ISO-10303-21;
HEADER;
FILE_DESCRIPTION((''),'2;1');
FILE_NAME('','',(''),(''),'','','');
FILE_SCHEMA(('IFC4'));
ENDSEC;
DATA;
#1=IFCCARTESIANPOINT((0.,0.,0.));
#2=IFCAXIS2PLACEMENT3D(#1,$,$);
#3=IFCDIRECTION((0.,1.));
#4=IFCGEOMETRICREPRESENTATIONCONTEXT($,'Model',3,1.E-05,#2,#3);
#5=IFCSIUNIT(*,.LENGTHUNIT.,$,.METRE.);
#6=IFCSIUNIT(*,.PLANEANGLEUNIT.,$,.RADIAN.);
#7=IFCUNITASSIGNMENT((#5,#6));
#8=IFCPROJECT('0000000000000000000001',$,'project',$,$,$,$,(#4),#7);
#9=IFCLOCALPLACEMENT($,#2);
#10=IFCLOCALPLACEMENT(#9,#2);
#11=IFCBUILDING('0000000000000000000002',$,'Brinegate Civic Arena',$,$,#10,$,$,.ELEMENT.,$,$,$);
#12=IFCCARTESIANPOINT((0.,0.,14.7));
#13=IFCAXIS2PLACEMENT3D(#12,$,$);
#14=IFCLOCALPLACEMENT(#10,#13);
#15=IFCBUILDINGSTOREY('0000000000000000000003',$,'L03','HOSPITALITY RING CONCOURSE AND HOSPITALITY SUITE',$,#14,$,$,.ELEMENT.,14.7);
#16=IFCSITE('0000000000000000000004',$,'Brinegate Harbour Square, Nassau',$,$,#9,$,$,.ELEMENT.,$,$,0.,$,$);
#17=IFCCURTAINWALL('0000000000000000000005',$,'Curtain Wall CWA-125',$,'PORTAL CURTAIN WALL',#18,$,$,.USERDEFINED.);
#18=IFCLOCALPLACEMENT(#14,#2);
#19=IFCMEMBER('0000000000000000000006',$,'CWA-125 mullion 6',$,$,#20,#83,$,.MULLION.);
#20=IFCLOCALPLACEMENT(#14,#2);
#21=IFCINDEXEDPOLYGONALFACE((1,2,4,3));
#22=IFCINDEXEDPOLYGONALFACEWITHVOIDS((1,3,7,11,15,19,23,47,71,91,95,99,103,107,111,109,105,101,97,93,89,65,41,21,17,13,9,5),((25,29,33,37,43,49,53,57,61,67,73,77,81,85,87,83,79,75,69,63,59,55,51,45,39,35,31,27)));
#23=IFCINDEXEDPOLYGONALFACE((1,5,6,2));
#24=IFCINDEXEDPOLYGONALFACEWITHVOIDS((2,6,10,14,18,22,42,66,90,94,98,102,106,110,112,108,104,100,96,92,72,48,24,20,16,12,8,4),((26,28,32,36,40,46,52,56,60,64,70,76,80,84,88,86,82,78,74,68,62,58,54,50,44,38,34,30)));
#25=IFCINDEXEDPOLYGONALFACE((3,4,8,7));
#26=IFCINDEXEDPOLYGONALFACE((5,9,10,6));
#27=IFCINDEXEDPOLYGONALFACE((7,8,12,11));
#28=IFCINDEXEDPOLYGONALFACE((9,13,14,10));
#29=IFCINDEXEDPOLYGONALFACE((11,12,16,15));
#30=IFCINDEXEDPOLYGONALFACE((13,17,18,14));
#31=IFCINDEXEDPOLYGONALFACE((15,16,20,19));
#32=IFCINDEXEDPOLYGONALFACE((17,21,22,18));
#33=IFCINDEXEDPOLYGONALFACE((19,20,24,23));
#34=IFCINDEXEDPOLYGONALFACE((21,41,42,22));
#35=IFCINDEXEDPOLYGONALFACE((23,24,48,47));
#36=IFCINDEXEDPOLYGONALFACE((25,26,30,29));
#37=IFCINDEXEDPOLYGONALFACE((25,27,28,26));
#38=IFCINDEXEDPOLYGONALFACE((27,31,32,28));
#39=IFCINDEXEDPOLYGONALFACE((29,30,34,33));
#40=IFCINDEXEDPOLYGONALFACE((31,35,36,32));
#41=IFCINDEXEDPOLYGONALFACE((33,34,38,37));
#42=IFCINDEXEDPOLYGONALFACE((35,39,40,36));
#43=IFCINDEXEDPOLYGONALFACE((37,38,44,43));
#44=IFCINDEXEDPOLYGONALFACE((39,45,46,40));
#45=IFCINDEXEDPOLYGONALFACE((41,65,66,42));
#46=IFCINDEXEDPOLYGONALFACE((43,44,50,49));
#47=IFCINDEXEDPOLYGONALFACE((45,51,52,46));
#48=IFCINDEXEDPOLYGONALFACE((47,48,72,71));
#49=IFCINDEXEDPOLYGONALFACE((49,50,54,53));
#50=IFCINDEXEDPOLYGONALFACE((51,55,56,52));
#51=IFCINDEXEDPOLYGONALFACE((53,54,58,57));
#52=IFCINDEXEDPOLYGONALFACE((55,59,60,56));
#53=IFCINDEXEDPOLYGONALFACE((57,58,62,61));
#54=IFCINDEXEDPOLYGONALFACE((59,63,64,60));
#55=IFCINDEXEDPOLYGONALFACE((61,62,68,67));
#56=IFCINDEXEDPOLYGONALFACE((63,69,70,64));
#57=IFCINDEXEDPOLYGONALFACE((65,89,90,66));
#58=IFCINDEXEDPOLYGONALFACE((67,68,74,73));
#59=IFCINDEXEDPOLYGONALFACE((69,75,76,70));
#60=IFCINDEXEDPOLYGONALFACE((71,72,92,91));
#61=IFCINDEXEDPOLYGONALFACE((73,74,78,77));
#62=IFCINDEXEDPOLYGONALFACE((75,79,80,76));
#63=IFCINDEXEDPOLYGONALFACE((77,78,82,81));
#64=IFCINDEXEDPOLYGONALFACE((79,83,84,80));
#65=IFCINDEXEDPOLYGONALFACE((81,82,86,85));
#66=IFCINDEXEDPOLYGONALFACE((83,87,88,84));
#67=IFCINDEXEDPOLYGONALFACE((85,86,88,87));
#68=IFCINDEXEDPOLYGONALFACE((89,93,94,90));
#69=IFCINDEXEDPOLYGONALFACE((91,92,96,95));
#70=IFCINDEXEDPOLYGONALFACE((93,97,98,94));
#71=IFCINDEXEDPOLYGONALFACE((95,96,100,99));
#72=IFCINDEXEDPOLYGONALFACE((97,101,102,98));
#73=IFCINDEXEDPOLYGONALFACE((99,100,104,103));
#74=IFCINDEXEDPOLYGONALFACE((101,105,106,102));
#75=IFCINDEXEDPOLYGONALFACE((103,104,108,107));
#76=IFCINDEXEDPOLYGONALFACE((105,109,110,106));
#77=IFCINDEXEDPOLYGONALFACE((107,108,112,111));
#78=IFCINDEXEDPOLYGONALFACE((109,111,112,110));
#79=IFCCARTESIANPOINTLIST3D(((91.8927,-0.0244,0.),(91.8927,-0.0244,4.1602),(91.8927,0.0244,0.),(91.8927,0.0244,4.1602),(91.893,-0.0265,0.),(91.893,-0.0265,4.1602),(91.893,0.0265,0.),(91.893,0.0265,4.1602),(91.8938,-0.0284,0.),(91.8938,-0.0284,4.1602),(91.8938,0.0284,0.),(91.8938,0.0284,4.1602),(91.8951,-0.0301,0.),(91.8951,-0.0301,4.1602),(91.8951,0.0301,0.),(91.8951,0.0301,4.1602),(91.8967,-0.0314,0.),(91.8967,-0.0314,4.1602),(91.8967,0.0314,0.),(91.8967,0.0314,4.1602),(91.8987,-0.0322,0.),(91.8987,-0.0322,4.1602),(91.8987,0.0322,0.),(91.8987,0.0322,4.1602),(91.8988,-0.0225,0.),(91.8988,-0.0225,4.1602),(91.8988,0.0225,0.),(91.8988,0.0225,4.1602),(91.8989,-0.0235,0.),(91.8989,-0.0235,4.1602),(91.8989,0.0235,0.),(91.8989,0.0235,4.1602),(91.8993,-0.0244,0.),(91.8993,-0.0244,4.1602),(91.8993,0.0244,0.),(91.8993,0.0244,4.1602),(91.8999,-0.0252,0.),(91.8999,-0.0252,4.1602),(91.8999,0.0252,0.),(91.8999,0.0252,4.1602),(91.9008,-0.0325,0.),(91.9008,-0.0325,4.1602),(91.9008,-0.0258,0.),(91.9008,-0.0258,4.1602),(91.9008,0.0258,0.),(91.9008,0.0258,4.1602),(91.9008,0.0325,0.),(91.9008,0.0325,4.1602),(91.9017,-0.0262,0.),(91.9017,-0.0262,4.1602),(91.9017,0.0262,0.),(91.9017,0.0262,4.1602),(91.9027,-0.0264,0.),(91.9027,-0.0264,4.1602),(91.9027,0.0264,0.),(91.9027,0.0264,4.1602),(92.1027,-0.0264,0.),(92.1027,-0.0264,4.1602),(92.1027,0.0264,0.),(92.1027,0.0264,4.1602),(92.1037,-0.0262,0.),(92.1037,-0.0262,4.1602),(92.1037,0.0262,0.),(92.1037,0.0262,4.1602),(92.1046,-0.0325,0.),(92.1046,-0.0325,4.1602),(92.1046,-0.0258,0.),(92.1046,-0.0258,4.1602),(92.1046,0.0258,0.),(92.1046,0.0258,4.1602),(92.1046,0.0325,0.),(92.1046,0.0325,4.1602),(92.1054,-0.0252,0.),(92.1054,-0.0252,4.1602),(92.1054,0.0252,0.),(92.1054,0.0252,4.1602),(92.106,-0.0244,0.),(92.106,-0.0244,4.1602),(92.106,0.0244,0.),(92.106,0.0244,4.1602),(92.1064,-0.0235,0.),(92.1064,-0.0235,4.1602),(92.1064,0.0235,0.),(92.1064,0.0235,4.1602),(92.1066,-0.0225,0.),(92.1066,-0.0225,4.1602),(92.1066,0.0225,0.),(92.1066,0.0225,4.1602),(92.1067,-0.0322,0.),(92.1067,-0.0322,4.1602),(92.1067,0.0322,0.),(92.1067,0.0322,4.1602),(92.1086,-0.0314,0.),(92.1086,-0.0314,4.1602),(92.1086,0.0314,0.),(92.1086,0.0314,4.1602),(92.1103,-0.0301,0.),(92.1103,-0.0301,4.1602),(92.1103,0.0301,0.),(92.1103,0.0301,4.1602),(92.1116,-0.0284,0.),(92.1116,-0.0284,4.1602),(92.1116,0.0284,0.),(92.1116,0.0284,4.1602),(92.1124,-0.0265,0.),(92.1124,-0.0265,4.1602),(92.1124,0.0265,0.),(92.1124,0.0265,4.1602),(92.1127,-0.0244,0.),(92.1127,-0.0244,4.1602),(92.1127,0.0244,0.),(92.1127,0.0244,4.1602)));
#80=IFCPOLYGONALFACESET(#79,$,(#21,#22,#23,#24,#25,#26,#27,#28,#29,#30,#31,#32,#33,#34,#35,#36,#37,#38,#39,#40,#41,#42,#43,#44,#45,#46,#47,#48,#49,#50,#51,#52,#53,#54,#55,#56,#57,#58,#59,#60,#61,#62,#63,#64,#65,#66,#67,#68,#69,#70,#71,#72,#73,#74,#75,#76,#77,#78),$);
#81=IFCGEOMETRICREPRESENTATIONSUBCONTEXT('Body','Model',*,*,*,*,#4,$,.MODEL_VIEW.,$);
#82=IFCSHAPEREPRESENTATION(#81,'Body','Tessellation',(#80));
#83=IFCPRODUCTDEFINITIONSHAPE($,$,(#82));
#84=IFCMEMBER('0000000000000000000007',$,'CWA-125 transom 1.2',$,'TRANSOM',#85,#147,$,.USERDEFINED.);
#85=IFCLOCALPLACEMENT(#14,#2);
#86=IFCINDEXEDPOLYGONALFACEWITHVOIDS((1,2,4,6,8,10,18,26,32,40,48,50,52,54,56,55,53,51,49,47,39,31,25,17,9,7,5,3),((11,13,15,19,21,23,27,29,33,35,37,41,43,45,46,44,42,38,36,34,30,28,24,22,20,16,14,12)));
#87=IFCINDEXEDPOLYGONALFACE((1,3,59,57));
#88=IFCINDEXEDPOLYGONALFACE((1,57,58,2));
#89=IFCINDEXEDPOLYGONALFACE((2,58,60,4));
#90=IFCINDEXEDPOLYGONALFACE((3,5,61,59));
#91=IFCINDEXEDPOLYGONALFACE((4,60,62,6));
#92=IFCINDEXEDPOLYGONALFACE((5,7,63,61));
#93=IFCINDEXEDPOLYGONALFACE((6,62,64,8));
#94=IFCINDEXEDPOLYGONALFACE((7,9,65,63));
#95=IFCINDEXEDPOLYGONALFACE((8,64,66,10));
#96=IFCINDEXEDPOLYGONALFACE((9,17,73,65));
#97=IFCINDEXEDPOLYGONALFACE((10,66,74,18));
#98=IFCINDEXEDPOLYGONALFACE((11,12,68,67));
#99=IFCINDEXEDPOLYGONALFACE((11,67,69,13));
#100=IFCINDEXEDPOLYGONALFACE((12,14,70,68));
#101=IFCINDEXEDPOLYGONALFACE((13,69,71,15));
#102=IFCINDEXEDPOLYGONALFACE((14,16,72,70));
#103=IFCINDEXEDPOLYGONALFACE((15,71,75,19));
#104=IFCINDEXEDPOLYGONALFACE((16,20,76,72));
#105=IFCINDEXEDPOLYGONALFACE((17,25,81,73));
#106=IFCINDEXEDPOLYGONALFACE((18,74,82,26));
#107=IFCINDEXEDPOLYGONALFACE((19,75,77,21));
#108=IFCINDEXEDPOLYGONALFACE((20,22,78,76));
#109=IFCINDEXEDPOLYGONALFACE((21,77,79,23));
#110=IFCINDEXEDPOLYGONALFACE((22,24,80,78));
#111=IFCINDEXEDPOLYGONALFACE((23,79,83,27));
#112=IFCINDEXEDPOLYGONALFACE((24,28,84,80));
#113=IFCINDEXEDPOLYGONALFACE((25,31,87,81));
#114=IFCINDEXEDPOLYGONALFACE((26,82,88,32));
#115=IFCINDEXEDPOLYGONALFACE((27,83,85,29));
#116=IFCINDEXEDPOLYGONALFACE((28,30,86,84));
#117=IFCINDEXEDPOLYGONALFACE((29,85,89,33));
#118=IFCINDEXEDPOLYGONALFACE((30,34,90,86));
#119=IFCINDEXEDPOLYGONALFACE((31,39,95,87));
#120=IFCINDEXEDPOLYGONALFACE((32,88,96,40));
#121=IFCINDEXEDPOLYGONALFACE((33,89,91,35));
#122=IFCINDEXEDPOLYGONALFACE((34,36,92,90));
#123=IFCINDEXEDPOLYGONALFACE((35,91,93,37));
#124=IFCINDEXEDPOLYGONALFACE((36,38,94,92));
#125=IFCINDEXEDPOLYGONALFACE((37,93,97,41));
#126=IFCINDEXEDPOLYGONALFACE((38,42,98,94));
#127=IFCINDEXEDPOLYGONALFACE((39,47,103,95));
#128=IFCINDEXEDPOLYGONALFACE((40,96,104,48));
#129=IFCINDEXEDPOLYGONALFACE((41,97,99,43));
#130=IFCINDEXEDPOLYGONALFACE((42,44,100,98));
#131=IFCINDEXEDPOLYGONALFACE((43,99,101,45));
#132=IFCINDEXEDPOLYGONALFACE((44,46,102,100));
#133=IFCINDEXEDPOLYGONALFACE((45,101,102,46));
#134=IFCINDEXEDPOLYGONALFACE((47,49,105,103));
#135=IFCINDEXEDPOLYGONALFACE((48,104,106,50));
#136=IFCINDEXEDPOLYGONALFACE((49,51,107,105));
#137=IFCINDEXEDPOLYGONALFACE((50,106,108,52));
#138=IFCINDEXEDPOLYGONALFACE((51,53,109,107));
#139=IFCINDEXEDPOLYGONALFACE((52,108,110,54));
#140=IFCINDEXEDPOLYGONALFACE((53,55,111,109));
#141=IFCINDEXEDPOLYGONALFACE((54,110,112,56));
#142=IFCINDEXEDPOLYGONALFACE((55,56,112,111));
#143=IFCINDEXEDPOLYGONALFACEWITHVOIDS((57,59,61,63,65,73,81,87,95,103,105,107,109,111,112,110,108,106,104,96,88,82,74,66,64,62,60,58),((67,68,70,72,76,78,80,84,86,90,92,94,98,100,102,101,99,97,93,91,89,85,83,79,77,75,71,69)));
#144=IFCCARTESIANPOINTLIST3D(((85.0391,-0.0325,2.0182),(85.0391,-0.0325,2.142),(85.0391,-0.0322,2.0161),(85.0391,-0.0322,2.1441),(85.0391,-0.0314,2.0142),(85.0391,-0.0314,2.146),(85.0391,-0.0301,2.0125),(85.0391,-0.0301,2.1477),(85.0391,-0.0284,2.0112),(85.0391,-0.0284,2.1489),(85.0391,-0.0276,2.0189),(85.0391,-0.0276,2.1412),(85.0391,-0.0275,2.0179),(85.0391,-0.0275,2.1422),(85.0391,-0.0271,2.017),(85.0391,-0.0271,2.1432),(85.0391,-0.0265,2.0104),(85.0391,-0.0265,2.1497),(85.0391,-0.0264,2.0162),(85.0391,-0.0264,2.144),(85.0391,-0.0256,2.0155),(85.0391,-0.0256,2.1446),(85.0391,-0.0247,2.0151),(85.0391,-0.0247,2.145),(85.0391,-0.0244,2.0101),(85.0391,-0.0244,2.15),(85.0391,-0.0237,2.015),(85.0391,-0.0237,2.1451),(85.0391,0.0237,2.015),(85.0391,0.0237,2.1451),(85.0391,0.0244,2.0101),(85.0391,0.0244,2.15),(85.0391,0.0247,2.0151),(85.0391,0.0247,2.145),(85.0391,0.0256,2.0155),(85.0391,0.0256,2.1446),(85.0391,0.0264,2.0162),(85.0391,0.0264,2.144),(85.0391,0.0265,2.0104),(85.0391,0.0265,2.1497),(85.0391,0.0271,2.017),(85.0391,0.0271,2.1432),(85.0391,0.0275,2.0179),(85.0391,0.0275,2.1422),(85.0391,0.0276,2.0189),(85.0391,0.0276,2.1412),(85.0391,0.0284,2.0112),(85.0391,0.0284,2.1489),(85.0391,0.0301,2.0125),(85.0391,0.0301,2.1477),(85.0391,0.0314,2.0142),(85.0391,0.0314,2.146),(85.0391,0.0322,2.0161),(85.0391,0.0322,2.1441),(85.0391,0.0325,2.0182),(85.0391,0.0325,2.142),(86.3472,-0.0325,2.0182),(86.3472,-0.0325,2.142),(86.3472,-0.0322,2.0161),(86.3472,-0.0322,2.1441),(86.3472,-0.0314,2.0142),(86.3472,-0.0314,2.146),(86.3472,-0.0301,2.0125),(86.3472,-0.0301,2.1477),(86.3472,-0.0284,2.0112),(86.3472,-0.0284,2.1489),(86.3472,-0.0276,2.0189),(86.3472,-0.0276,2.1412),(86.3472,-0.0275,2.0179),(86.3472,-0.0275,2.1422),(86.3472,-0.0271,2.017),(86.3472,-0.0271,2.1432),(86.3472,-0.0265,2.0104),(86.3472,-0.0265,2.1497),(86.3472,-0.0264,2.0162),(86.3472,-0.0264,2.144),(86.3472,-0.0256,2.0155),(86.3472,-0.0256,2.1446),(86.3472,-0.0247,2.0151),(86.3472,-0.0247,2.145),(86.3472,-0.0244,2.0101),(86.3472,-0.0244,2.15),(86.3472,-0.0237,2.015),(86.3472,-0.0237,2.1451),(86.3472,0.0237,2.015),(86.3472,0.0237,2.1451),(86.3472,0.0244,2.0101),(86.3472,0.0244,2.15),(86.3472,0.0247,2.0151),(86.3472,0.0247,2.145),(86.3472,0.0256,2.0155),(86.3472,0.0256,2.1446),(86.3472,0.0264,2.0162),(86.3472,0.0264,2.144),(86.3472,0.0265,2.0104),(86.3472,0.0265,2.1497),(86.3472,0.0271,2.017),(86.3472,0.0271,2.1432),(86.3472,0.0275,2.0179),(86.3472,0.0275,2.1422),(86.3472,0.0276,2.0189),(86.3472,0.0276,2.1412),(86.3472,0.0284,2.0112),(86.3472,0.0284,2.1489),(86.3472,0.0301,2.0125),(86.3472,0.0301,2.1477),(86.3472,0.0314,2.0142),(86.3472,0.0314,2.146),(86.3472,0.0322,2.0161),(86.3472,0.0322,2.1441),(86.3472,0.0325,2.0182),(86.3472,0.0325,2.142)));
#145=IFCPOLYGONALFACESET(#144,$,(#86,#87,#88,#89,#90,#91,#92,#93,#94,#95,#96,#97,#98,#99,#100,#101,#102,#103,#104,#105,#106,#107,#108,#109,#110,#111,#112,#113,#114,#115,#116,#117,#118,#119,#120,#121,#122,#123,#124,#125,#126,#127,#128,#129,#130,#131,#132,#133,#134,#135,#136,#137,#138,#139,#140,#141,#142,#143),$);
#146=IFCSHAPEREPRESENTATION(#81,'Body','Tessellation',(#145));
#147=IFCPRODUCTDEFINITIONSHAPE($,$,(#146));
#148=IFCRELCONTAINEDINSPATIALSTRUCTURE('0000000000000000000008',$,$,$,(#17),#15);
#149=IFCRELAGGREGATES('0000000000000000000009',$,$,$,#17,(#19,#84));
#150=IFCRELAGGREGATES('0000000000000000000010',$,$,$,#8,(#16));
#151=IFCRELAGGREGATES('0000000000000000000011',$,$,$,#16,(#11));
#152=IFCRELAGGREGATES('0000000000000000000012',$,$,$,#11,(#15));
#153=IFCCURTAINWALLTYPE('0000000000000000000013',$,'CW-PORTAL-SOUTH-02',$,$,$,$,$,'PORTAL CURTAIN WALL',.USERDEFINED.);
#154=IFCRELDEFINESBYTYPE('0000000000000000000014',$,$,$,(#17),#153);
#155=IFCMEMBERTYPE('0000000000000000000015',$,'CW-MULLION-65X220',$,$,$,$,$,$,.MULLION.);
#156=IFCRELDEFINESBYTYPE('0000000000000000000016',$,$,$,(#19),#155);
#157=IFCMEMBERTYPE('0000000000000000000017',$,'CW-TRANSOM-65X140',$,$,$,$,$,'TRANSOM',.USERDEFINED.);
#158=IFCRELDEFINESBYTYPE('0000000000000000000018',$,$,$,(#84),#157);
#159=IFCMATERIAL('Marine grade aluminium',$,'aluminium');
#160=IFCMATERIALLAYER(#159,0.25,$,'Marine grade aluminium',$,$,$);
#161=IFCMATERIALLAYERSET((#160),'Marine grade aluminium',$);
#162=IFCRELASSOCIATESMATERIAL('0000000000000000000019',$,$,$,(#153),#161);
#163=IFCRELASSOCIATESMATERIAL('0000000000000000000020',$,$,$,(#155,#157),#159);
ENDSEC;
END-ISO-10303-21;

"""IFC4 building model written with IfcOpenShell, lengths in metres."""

from ifc_helpers import new_model, si_unit, direction, frame, origin, origin_2d, place, context, subcontext, project, spatial, hollow_rectangle, extrude, material, layer, layer_set, material_profile, profile_set, type_object, element, aggregate, save


model = new_model("IFC4")

# Units and contexts
model_context = context("Model", 3, precision=1e-05, world=origin(), true_north=direction((0.0, 1.0)))
body_context = subcontext(model_context, "Body", "Model", "MODEL_VIEW")
ifc_project = project(units=[si_unit("LENGTHUNIT", "METRE"), si_unit("PLANEANGLEUNIT", "RADIAN")], contexts=[model_context])

# Site, building, storey
site_placement = place(None, origin())
site = spatial("IfcSite", under=ifc_project, at=site_placement, Name="Brinegate Harbour Square, Nassau", CompositionType="ELEMENT", RefElevation=0.0)
building_placement = place(site_placement, origin())
building = spatial("IfcBuilding", under=site, at=building_placement, Name="Brinegate Civic Arena", CompositionType="ELEMENT")
storey_placement = place(building_placement, frame((0.0, 0.0, 14.7)))
storey = spatial("IfcBuildingStorey", under=building, at=storey_placement, Name="L03", Description="HOSPITALITY RING CONCOURSE AND HOSPITALITY SUITE", CompositionType="ELEMENT", Elevation=14.7)

# Curtain wall, members
ifc_material_1 = material(Name="Marine grade aluminium", Category="aluminium")
ifc_layer_1 = layer(ifc_material_1, 0.25, Name="Marine grade aluminium")
ifc_layer_set_1 = layer_set([ifc_layer_1], Name="Marine grade aluminium")
curtain_wall_type = type_object("IfcCurtainWallType", Name="CW-PORTAL-SOUTH-02", ElementType="PORTAL CURTAIN WALL", PredefinedType="USERDEFINED", material=ifc_layer_set_1)
curtain_wall_placement = place(storey_placement, origin())
curtain_wall = element("IfcCurtainWall", 1, at=curtain_wall_placement, inside=storey, type_object=curtain_wall_type, Name="Curtain Wall CWA-125", ObjectType="PORTAL CURTAIN WALL", PredefinedType="USERDEFINED")
ifc_material_profile_1 = material_profile(ifc_material_1, hollow_rectangle(XDim=0.0649, YDim=0.22, WallThickness=0.0061, InnerFilletRadius=0.0039, OuterFilletRadius=0.0081, at=origin_2d()), Name="MUL65X220")
ifc_profile_set_1 = profile_set([ifc_material_profile_1], Name="Marine grade aluminium")
member_type_1 = type_object("IfcMemberType", Name="CW-MULLION-65X220", PredefinedType="MULLION", material=ifc_profile_set_1)
member_1_placement = place(storey_placement, frame((92.0027, 0.0, 0.0), z_axis=(0.0, 0.0, 1.0), x_axis=(0.0, 1.0, 0.0)))
member_1 = element("IfcMember", 2, at=member_1_placement, type_object=member_type_1, Name="CWA-125 mullion 6", PredefinedType="MULLION", context=body_context, shape_type="SweptSolid", body=[
    extrude(hollow_rectangle(XDim=0.0649, YDim=0.22, WallThickness=0.0061, InnerFilletRadius=0.0039, OuterFilletRadius=0.0081, at=origin_2d()), origin(), (0.0, 0.0, 1.0), 4.1602),
])
ifc_material_profile_2 = material_profile(ifc_material_1, hollow_rectangle(XDim=0.0649, YDim=0.1399, WallThickness=0.0049, InnerFilletRadius=0.0039, OuterFilletRadius=0.0081, at=origin_2d()), Name="TRN65X140")
ifc_profile_set_2 = profile_set([ifc_material_profile_2], Name="Marine grade aluminium")
member_type_2 = type_object("IfcMemberType", Name="CW-TRANSOM-65X140", ElementType="TRANSOM", PredefinedType="USERDEFINED", material=ifc_profile_set_2)
member_2_placement = place(storey_placement, frame((85.0391, 0.0, 2.0801), z_axis=(1.0, 0.0, 0.0), x_axis=(0.0, 1.0, 0.0)))
member_2 = element("IfcMember", 3, at=member_2_placement, type_object=member_type_2, Name="CWA-125 transom 1.2", ObjectType="TRANSOM", PredefinedType="USERDEFINED", context=body_context, shape_type="SweptSolid", body=[
    extrude(hollow_rectangle(XDim=0.0649, YDim=0.1399, WallThickness=0.0049, InnerFilletRadius=0.0039, OuterFilletRadius=0.0081, at=origin_2d()), origin(), (0.0, 0.0, 1.0), 1.3081),
])
aggregate(curtain_wall, [member_1, member_2])

save(model, "model.ifc")
